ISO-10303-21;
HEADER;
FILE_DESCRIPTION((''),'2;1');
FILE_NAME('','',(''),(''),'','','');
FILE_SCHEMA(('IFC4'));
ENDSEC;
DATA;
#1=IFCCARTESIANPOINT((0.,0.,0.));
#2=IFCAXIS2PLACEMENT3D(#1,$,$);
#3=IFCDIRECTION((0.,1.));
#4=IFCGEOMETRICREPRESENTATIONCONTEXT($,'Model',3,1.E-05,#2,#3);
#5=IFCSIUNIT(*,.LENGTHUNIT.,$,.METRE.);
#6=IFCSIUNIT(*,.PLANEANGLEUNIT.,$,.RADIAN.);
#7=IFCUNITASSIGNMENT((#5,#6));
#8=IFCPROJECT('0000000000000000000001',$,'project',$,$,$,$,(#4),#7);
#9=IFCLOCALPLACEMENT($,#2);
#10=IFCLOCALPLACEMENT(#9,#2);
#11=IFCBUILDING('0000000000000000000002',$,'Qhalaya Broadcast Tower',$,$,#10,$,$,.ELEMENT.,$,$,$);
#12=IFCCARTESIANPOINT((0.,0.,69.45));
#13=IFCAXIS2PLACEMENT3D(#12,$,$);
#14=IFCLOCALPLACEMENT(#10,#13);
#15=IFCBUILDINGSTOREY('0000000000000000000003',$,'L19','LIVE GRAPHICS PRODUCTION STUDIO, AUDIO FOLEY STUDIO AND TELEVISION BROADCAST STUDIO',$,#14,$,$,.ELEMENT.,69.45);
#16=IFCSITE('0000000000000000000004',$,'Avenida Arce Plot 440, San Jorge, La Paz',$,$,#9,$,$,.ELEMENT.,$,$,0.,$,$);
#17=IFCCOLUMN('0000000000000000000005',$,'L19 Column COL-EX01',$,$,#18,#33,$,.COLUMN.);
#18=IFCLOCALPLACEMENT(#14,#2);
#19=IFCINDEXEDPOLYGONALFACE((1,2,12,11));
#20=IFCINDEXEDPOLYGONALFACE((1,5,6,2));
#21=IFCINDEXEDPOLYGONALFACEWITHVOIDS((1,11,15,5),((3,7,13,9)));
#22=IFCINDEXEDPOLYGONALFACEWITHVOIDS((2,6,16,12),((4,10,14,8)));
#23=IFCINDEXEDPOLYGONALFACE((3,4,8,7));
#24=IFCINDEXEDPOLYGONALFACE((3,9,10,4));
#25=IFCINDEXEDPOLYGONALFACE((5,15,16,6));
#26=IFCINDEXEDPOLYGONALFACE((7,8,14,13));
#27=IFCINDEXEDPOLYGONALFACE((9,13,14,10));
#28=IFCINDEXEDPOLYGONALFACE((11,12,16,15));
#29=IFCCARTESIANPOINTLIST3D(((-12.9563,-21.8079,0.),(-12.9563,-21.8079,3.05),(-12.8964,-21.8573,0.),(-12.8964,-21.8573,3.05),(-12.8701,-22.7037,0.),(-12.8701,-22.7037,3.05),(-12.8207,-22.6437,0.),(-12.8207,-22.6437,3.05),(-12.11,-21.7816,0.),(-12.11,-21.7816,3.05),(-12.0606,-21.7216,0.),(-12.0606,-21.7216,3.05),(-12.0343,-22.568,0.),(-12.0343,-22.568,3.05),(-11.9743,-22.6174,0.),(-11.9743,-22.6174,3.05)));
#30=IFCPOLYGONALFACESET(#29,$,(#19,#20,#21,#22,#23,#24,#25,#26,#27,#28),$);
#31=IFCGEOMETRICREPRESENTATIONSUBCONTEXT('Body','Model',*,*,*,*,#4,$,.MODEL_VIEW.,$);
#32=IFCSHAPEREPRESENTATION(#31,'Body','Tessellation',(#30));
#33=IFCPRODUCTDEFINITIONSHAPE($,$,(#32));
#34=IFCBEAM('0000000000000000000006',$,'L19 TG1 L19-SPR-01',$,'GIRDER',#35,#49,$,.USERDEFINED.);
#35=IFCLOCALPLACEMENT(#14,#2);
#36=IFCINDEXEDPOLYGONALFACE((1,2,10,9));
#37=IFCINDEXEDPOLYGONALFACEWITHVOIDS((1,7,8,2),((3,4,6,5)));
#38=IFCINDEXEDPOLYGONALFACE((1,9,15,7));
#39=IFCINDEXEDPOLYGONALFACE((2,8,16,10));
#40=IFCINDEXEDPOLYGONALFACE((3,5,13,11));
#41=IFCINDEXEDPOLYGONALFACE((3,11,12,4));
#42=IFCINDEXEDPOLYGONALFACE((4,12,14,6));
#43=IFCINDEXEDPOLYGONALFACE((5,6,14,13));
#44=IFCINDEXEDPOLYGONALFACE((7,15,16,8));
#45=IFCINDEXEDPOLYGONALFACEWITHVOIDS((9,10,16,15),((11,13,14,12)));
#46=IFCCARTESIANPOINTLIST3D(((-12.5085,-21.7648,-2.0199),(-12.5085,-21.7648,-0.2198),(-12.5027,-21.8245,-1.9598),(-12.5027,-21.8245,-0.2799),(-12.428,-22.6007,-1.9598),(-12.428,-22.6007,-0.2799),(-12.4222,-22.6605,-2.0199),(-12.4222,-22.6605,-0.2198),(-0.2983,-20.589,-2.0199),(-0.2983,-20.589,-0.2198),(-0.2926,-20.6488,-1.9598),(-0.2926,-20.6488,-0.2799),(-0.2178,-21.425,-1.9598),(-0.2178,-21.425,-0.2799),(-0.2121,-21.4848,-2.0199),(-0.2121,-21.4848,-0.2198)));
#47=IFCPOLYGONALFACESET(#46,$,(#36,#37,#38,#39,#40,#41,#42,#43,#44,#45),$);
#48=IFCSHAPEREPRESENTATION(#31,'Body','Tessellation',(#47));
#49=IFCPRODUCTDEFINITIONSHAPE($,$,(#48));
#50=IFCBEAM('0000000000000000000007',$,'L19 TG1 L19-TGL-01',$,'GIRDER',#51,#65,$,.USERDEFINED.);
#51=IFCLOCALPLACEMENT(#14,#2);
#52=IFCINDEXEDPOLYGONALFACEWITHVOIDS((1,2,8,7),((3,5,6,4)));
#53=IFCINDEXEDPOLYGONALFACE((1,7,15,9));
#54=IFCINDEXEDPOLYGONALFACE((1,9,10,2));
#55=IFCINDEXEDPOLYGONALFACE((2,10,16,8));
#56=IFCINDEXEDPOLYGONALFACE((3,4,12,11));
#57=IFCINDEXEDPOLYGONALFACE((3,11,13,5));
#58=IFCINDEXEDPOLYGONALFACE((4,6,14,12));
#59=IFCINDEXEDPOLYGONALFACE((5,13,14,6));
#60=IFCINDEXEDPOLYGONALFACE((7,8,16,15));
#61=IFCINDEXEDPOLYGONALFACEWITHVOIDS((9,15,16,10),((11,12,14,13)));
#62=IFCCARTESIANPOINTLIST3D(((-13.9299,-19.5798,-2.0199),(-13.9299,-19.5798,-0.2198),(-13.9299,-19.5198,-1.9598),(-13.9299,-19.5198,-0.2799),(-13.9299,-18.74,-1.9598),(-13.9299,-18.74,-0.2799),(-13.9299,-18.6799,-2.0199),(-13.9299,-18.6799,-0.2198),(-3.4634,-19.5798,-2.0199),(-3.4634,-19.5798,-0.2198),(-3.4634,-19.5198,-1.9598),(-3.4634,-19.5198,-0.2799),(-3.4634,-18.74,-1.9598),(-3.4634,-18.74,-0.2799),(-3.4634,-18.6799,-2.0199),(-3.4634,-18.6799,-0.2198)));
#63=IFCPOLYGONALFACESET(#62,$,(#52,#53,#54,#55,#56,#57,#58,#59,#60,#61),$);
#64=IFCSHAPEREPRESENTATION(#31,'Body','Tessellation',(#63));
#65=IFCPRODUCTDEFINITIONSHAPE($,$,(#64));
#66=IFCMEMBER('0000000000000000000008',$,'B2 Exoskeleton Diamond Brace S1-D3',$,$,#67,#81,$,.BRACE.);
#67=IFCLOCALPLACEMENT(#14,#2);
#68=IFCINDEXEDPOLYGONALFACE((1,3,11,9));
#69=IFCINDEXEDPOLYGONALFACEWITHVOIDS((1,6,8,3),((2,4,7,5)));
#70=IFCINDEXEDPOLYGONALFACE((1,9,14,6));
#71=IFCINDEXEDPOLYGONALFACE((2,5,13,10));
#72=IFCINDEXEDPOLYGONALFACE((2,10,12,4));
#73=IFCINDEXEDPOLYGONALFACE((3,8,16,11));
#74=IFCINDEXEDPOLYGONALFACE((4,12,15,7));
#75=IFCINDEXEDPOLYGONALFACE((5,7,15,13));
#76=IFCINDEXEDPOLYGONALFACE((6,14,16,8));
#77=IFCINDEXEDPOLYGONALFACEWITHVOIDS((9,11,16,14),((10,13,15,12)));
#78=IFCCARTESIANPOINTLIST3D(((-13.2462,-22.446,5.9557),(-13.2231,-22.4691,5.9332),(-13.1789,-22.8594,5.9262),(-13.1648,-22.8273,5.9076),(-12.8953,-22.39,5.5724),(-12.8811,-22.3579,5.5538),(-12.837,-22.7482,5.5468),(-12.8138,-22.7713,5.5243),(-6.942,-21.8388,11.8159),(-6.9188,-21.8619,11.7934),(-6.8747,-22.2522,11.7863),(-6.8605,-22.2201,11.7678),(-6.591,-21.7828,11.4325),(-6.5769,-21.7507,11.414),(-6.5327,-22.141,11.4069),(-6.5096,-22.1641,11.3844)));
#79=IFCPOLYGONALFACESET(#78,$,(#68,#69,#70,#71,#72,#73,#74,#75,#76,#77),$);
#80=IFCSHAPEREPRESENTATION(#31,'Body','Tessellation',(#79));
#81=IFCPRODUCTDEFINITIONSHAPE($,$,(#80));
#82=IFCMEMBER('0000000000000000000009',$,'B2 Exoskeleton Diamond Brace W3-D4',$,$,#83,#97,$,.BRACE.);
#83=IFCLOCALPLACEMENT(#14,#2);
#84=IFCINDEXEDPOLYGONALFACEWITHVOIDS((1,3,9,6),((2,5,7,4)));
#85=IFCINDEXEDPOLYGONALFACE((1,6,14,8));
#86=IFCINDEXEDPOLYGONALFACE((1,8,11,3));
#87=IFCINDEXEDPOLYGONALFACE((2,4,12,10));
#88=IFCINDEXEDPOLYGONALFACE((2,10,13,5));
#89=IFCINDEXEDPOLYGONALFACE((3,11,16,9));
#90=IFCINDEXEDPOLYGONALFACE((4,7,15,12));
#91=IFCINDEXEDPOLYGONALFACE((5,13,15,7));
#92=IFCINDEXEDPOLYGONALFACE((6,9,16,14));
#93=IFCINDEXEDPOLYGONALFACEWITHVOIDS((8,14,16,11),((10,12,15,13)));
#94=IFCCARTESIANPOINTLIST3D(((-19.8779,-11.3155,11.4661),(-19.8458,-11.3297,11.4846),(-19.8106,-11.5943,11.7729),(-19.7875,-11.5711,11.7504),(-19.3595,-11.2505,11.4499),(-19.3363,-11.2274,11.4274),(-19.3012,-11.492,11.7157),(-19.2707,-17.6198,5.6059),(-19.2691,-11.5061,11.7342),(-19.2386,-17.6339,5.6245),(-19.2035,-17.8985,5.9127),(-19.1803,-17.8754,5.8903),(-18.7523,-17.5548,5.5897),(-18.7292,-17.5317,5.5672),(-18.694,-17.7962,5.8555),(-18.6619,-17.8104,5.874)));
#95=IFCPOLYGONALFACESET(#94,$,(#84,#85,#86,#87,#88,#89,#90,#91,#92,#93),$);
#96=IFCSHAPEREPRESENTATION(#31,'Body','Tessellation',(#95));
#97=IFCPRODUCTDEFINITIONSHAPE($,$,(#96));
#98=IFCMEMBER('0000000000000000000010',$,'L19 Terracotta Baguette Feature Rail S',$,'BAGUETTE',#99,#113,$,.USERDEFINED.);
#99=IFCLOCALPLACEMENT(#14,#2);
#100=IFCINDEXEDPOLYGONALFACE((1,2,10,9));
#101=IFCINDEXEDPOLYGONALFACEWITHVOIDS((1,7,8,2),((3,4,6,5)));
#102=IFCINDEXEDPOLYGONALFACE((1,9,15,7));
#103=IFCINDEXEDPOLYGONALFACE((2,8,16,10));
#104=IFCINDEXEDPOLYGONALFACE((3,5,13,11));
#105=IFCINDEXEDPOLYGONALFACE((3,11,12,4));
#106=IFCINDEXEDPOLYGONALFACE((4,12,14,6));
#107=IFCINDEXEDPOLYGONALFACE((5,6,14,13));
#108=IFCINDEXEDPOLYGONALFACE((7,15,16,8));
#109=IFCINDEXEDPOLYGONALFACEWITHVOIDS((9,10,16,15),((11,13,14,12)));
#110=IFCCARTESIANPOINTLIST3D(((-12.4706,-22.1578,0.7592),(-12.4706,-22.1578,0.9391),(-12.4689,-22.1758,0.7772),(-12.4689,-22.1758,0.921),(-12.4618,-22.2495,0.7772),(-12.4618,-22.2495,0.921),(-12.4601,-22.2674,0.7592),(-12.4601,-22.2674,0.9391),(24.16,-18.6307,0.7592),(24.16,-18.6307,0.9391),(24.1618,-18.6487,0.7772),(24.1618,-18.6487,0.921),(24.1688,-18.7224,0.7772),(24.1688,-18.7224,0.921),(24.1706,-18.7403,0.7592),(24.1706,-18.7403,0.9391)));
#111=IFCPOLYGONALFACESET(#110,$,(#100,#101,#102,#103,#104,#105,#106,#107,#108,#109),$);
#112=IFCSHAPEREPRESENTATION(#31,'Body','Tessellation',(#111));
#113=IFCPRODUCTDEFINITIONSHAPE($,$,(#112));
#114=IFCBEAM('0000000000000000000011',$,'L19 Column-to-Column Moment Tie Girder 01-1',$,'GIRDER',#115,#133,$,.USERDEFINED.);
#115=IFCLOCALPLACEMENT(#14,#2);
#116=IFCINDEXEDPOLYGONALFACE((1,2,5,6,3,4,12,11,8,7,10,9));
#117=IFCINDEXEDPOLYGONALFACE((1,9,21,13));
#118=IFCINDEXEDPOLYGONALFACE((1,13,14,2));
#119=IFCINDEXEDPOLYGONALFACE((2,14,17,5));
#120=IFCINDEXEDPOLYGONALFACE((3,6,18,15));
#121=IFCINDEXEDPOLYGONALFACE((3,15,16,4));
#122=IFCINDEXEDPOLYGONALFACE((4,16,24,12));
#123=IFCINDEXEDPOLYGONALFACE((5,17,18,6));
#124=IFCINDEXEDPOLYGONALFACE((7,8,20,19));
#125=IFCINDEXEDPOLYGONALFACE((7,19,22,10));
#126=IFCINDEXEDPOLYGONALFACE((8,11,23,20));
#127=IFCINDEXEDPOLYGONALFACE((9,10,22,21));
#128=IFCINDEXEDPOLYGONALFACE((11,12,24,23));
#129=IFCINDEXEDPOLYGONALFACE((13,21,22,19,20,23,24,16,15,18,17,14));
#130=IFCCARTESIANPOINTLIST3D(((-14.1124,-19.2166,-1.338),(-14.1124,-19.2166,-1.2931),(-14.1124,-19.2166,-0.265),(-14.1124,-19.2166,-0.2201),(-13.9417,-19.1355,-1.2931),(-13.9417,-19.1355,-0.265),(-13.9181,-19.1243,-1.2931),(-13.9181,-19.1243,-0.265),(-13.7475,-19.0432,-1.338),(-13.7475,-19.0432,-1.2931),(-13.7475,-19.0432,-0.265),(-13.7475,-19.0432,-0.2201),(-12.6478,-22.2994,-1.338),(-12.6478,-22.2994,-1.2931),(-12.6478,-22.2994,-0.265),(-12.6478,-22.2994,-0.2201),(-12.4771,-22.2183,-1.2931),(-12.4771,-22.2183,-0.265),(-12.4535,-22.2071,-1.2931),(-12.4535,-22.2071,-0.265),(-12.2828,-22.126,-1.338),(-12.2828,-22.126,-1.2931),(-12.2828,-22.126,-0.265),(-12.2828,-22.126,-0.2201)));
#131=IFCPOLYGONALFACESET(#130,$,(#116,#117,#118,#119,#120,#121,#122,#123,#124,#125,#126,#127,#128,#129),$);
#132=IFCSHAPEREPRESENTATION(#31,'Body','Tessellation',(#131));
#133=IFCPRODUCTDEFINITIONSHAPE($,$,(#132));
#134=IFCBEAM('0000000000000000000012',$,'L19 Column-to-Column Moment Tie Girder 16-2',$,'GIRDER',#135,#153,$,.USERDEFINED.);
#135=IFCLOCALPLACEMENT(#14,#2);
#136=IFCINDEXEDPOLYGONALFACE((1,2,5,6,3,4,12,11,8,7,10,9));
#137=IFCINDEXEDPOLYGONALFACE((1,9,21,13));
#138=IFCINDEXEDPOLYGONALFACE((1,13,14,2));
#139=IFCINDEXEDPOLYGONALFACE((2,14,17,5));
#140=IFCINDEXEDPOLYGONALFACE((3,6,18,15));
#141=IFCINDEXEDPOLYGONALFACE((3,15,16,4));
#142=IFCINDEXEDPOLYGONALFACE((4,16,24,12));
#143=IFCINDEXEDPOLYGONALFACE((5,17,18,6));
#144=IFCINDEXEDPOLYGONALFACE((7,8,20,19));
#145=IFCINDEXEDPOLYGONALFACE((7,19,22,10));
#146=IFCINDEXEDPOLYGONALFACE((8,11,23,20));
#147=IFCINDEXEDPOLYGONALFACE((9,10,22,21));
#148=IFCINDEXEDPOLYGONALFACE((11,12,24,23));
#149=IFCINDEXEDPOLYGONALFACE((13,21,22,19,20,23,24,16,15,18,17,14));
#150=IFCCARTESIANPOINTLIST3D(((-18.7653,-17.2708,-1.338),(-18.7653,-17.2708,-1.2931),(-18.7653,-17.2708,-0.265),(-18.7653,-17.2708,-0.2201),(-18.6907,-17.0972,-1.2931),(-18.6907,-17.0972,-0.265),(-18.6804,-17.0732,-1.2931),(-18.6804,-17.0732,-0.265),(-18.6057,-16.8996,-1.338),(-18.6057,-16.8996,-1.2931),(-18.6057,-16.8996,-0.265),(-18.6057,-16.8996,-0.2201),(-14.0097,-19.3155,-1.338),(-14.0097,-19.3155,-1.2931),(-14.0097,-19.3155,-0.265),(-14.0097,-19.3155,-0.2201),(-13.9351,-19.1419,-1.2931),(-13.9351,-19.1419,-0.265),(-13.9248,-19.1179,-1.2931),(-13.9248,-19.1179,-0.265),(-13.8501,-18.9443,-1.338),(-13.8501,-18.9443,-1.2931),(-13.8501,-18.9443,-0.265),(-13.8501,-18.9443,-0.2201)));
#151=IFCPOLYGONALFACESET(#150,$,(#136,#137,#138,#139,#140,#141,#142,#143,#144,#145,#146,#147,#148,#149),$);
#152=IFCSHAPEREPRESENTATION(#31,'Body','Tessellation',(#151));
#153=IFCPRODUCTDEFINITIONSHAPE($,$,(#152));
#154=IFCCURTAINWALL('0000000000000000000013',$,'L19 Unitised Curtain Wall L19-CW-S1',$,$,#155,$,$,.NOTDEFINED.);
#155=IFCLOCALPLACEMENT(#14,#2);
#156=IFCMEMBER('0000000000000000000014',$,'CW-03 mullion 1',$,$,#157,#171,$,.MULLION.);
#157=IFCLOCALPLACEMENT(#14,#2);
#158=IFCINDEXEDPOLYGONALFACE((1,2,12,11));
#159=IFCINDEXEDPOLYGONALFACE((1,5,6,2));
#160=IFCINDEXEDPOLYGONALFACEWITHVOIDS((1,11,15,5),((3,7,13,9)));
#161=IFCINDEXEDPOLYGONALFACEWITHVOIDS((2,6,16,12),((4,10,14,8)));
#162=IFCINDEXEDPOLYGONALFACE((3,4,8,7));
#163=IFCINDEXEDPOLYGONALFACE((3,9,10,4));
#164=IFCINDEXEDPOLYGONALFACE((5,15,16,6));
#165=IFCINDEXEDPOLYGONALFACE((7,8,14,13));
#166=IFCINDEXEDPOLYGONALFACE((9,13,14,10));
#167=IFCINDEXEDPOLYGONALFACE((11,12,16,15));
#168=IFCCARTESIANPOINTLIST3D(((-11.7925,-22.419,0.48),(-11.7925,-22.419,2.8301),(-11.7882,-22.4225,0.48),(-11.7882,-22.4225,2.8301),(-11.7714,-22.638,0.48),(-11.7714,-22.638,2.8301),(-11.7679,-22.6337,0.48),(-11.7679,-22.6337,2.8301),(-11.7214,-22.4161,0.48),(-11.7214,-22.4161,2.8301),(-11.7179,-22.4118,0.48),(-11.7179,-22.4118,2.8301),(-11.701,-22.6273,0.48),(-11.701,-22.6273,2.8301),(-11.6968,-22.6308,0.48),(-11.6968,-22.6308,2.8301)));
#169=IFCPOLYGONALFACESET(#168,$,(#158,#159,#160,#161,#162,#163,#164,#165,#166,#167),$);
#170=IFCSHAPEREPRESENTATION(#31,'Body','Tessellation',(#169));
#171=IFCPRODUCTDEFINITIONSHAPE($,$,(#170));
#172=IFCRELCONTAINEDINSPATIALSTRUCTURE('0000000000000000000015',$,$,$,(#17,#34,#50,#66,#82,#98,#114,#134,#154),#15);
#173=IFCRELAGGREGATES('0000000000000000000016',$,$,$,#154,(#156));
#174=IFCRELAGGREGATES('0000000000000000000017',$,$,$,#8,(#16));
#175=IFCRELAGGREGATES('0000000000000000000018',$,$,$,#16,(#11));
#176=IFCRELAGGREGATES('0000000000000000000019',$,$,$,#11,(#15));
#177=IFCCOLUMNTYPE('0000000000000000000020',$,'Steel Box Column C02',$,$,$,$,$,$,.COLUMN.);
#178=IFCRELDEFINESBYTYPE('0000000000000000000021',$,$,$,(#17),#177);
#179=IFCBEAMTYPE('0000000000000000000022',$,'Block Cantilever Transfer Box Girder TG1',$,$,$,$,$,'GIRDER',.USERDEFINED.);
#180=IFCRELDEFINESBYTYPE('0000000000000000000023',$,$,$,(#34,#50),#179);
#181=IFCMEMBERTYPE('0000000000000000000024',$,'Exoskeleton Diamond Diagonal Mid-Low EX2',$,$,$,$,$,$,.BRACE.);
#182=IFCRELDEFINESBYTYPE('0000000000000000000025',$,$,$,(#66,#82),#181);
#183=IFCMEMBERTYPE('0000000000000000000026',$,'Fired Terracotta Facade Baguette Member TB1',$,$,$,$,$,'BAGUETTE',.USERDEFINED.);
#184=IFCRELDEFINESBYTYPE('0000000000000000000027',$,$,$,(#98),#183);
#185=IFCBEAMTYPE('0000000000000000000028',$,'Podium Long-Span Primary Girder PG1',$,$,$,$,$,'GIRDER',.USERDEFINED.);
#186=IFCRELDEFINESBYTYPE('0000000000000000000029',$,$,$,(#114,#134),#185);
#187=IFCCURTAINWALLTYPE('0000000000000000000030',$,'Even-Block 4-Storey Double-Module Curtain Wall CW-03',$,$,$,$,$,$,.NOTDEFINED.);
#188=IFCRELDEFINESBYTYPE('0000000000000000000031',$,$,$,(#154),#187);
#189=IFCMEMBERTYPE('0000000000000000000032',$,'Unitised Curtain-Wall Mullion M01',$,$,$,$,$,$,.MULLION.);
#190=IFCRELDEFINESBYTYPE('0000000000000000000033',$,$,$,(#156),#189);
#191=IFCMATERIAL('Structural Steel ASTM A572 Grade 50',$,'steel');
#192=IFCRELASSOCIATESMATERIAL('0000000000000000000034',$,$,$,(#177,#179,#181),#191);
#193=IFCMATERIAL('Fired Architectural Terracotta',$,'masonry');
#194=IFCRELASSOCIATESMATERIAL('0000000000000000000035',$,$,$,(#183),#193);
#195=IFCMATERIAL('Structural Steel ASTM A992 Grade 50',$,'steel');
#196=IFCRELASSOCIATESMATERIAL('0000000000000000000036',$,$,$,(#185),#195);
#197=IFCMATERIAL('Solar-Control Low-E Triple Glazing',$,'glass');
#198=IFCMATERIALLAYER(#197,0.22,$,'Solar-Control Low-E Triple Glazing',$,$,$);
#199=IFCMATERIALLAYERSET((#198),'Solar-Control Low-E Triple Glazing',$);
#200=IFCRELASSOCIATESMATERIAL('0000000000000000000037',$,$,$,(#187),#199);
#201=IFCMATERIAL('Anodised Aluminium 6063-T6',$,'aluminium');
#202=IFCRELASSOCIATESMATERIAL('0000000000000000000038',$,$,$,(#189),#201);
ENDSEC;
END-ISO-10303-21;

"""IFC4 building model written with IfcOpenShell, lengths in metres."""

from ifc_helpers import new_model, si_unit, direction, frame, origin, origin_2d, place, context, subcontext, project, spatial, hollow_rectangle, i_section, extrude, material, layer, layer_set, material_profile, profile_set, type_object, element, aggregate, save


model = new_model("IFC4")

# Units and contexts
model_context = context("Model", 3, precision=1e-05, world=origin(), true_north=direction((0.0, 1.0)))
body_context = subcontext(model_context, "Body", "Model", "MODEL_VIEW")
ifc_project = project(units=[si_unit("LENGTHUNIT", "METRE"), si_unit("PLANEANGLEUNIT", "RADIAN")], contexts=[model_context])

# Site, building, storey
site_placement = place(None, origin())
site = spatial("IfcSite", under=ifc_project, at=site_placement, Name="Avenida Arce Plot 440, San Jorge, La Paz", CompositionType="ELEMENT", RefElevation=0.0)
building_placement = place(site_placement, origin())
building = spatial("IfcBuilding", under=site, at=building_placement, Name="Qhalaya Broadcast Tower", CompositionType="ELEMENT")
storey_placement = place(building_placement, frame((0.0, 0.0, 69.45)))
storey = spatial("IfcBuildingStorey", under=building, at=storey_placement, Name="L19", Description="LIVE GRAPHICS PRODUCTION STUDIO, AUDIO FOLEY STUDIO AND TELEVISION BROADCAST STUDIO", CompositionType="ELEMENT", Elevation=69.45)

# Column
ifc_material_1 = material(Name="Structural Steel ASTM A572 Grade 50", Category="steel")
ifc_material_profile_1 = material_profile(ifc_material_1, hollow_rectangle(XDim=0.8999, YDim=0.8999, WallThickness=0.0549, at=origin_2d()), Name="BOX 900x900x55")
ifc_profile_set_1 = profile_set([ifc_material_profile_1], Name="Structural Steel ASTM A572 Grade 50")
column_type = type_object("IfcColumnType", Name="Steel Box Column C02", PredefinedType="COLUMN", material=ifc_profile_set_1)
column_placement = place(storey_placement, frame((-12.4653, -22.2126, 0.0), z_axis=(0.0, 0.0, 1.0), x_axis=(0.995396, 0.095846, 0.0)))
element("IfcColumn", 1, at=column_placement, inside=storey, type_object=column_type, Name="L19 Column COL-EX01", PredefinedType="COLUMN", context=body_context, shape_type="SweptSolid", body=[
    extrude(hollow_rectangle(XDim=0.8999, YDim=0.8999, WallThickness=0.0549, at=origin_2d()), origin(), (0.0, 0.0, 1.0), 3.05),
])

# Beams
ifc_material_profile_2 = material_profile(ifc_material_1, hollow_rectangle(XDim=0.8999, YDim=1.8, WallThickness=0.0601, at=origin_2d()), Name="BOX 900x1800x60")
ifc_profile_set_2 = profile_set([ifc_material_profile_2], Name="Structural Steel ASTM A572 Grade 50")
beam_type_1 = type_object("IfcBeamType", Name="Block Cantilever Transfer Box Girder TG1", ElementType="GIRDER", PredefinedType="USERDEFINED", material=ifc_profile_set_2)
beam_1_placement = place(storey_placement, frame((-12.4653, -22.2126, -1.1199), z_axis=(0.995396, 0.095852, 0.0), x_axis=(-0.095852, 0.995396, 0.0)))
element("IfcBeam", 2, at=beam_1_placement, inside=storey, type_object=beam_type_1, Name="L19 TG1 L19-SPR-01", ObjectType="GIRDER", PredefinedType="USERDEFINED", context=body_context, shape_type="SweptSolid", body=[
    extrude(hollow_rectangle(XDim=0.8999, YDim=1.8, WallThickness=0.0601, at=origin_2d()), origin(), (0.0, 0.0, 1.0), 12.2666),
])
beam_2_placement = place(storey_placement, frame((-13.9299, -19.1299, -1.1199), z_axis=(1.0, 0.0, 0.0), x_axis=(0.0, 1.0, 0.0)))
element("IfcBeam", 3, at=beam_2_placement, inside=storey, type_object=beam_type_1, Name="L19 TG1 L19-TGL-01", ObjectType="GIRDER", PredefinedType="USERDEFINED", context=body_context, shape_type="SweptSolid", body=[
    extrude(hollow_rectangle(XDim=0.8999, YDim=1.8, WallThickness=0.0601, at=origin_2d()), origin(), (0.0, 0.0, 1.0), 10.4666),
])

# Members
ifc_material_profile_3 = material_profile(ifc_material_1, hollow_rectangle(XDim=0.4199, YDim=0.55, WallThickness=0.0281, at=origin_2d()), Name="BOX 420x550x28")
ifc_profile_set_3 = profile_set([ifc_material_profile_3], Name="Structural Steel ASTM A572 Grade 50")
member_type_1 = type_object("IfcMemberType", Name="Exoskeleton Diamond Diagonal Mid-Low EX2", PredefinedType="BRACE", material=ifc_profile_set_3)
for number, where, z_axis, x_axis, name in (
    (4, (-13.03, -22.6086, 5.74), (0.730618, 0.070368, 0.679151), (-0.160222, 0.984571, 0.070351), "B2 Exoskeleton Diamond Brace S1-D3"),
    (5, (-18.9663, -17.7151, 5.74), (-0.070368, 0.730618, 0.679151), (0.160214, -0.663721, 0.73062), "B2 Exoskeleton Diamond Brace W3-D4"),
):
    element("IfcMember", number, at=place(storey_placement, frame(where, z_axis=z_axis, x_axis=x_axis)), inside=storey, type_object=member_type_1, Name=name, PredefinedType="BRACE", context=body_context, shape_type="SweptSolid", body=[
        extrude(hollow_rectangle(XDim=0.4199, YDim=0.55, WallThickness=0.0281, at=origin_2d()), origin(), (0.0, 0.0, 1.0), 8.6287),
    ])
ifc_material_2 = material(Name="Fired Architectural Terracotta", Category="masonry")
ifc_material_profile_4 = material_profile(ifc_material_2, hollow_rectangle(XDim=0.1101, YDim=0.1799, WallThickness=0.0181, at=origin_2d()), Name="TB-BAG 110x180x18")
ifc_profile_set_4 = profile_set([ifc_material_profile_4], Name="Fired Architectural Terracotta")
member_type_2 = type_object("IfcMemberType", Name="Fired Terracotta Facade Baguette Member TB1", ElementType="BAGUETTE", PredefinedType="USERDEFINED", material=ifc_profile_set_4)
member_1_placement = place(storey_placement, frame((-12.4653, -22.2126, 0.8491), z_axis=(0.995396, 0.095845, 0.0), x_axis=(-0.095845, 0.995396, 0.0)))
element("IfcMember", 6, at=member_1_placement, inside=storey, type_object=member_type_2, Name="L19 Terracotta Baguette Feature Rail S", ObjectType="BAGUETTE", PredefinedType="USERDEFINED", context=body_context, shape_type="SweptSolid", body=[
    extrude(hollow_rectangle(XDim=0.1101, YDim=0.1799, WallThickness=0.0181, at=origin_2d()), origin(), (0.0, 0.0, 1.0), 36.8),
])

# Beams
ifc_material_3 = material(Name="Structural Steel ASTM A992 Grade 50", Category="steel")
ifc_material_profile_5 = material_profile(ifc_material_3, i_section(OverallWidth=0.4041, OverallDepth=1.1179, WebThickness=0.0261, FlangeThickness=0.0449, at=origin_2d()), Name="W44X335")
ifc_profile_set_5 = profile_set([ifc_material_profile_5], Name="Structural Steel ASTM A992 Grade 50")
beam_type_2 = type_object("IfcBeamType", Name="Podium Long-Span Primary Girder PG1", ElementType="GIRDER", PredefinedType="USERDEFINED", material=ifc_profile_set_5)
beam_3_placement = place(storey_placement, frame((-13.9299, -19.1299, -0.7791), z_axis=(0.429125, -0.903245, 0.0), x_axis=(0.903245, 0.429125, 0.0)))
element("IfcBeam", 7, at=beam_3_placement, inside=storey, type_object=beam_type_2, Name="L19 Column-to-Column Moment Tie Girder 01-1", ObjectType="GIRDER", PredefinedType="USERDEFINED", context=body_context, shape_type="SweptSolid", body=[
    extrude(i_section(OverallWidth=0.4041, OverallDepth=1.1179, WebThickness=0.0261, FlangeThickness=0.0449, at=origin_2d()), origin(), (0.0, 0.0, 1.0), 3.4131),
])
beam_4_placement = place(storey_placement, frame((-13.9299, -19.1299, -0.7791), z_axis=(-0.918686, 0.394989, 0.0), x_axis=(-0.394989, -0.918686, 0.0)))
element("IfcBeam", 8, at=beam_4_placement, inside=storey, type_object=beam_type_2, Name="L19 Column-to-Column Moment Tie Girder 16-2", ObjectType="GIRDER", PredefinedType="USERDEFINED", context=body_context, shape_type="SweptSolid", body=[
    extrude(i_section(OverallWidth=0.4041, OverallDepth=1.1179, WebThickness=0.0261, FlangeThickness=0.0449, at=origin_2d()), origin(), (0.0, 0.0, 1.0), 5.1765),
])

# Curtain wall, member
ifc_material_4 = material(Name="Solar-Control Low-E Triple Glazing", Category="glass")
ifc_layer_1 = layer(ifc_material_4, 0.22, Name="Solar-Control Low-E Triple Glazing")
ifc_layer_set_1 = layer_set([ifc_layer_1], Name="Solar-Control Low-E Triple Glazing")
curtain_wall_type = type_object("IfcCurtainWallType", Name="Even-Block 4-Storey Double-Module Curtain Wall CW-03", PredefinedType="NOTDEFINED", material=ifc_layer_set_1)
curtain_wall_placement = place(storey_placement, origin())
curtain_wall = element("IfcCurtainWall", 9, at=curtain_wall_placement, inside=storey, type_object=curtain_wall_type, Name="L19 Unitised Curtain Wall L19-CW-S1", PredefinedType="NOTDEFINED")
ifc_material_5 = material(Name="Anodised Aluminium 6063-T6", Category="aluminium")
ifc_material_profile_6 = material_profile(ifc_material_5, hollow_rectangle(XDim=0.075, YDim=0.22, WallThickness=0.0039, at=origin_2d()), Name="ALU-MUL 75x220x4")
ifc_profile_set_6 = profile_set([ifc_material_profile_6], Name="Anodised Aluminium 6063-T6")
member_type_3 = type_object("IfcMemberType", Name="Unitised Curtain-Wall Mullion M01", PredefinedType="MULLION", material=ifc_profile_set_6)
member_2_placement = place(storey_placement, frame((-11.7446, -22.5249, 0.48), z_axis=(0.0, 0.0, 1.0), x_axis=(0.995396, 0.095851, 0.0)))
member_2 = element("IfcMember", 10, at=member_2_placement, type_object=member_type_3, Name="CW-03 mullion 1", PredefinedType="MULLION", context=body_context, shape_type="SweptSolid", body=[
    extrude(hollow_rectangle(XDim=0.075, YDim=0.22, WallThickness=0.0039, at=origin_2d()), origin(), (0.0, 0.0, 1.0), 2.3501),
])
aggregate(curtain_wall, [member_2])

save(model, "model.ifc")
